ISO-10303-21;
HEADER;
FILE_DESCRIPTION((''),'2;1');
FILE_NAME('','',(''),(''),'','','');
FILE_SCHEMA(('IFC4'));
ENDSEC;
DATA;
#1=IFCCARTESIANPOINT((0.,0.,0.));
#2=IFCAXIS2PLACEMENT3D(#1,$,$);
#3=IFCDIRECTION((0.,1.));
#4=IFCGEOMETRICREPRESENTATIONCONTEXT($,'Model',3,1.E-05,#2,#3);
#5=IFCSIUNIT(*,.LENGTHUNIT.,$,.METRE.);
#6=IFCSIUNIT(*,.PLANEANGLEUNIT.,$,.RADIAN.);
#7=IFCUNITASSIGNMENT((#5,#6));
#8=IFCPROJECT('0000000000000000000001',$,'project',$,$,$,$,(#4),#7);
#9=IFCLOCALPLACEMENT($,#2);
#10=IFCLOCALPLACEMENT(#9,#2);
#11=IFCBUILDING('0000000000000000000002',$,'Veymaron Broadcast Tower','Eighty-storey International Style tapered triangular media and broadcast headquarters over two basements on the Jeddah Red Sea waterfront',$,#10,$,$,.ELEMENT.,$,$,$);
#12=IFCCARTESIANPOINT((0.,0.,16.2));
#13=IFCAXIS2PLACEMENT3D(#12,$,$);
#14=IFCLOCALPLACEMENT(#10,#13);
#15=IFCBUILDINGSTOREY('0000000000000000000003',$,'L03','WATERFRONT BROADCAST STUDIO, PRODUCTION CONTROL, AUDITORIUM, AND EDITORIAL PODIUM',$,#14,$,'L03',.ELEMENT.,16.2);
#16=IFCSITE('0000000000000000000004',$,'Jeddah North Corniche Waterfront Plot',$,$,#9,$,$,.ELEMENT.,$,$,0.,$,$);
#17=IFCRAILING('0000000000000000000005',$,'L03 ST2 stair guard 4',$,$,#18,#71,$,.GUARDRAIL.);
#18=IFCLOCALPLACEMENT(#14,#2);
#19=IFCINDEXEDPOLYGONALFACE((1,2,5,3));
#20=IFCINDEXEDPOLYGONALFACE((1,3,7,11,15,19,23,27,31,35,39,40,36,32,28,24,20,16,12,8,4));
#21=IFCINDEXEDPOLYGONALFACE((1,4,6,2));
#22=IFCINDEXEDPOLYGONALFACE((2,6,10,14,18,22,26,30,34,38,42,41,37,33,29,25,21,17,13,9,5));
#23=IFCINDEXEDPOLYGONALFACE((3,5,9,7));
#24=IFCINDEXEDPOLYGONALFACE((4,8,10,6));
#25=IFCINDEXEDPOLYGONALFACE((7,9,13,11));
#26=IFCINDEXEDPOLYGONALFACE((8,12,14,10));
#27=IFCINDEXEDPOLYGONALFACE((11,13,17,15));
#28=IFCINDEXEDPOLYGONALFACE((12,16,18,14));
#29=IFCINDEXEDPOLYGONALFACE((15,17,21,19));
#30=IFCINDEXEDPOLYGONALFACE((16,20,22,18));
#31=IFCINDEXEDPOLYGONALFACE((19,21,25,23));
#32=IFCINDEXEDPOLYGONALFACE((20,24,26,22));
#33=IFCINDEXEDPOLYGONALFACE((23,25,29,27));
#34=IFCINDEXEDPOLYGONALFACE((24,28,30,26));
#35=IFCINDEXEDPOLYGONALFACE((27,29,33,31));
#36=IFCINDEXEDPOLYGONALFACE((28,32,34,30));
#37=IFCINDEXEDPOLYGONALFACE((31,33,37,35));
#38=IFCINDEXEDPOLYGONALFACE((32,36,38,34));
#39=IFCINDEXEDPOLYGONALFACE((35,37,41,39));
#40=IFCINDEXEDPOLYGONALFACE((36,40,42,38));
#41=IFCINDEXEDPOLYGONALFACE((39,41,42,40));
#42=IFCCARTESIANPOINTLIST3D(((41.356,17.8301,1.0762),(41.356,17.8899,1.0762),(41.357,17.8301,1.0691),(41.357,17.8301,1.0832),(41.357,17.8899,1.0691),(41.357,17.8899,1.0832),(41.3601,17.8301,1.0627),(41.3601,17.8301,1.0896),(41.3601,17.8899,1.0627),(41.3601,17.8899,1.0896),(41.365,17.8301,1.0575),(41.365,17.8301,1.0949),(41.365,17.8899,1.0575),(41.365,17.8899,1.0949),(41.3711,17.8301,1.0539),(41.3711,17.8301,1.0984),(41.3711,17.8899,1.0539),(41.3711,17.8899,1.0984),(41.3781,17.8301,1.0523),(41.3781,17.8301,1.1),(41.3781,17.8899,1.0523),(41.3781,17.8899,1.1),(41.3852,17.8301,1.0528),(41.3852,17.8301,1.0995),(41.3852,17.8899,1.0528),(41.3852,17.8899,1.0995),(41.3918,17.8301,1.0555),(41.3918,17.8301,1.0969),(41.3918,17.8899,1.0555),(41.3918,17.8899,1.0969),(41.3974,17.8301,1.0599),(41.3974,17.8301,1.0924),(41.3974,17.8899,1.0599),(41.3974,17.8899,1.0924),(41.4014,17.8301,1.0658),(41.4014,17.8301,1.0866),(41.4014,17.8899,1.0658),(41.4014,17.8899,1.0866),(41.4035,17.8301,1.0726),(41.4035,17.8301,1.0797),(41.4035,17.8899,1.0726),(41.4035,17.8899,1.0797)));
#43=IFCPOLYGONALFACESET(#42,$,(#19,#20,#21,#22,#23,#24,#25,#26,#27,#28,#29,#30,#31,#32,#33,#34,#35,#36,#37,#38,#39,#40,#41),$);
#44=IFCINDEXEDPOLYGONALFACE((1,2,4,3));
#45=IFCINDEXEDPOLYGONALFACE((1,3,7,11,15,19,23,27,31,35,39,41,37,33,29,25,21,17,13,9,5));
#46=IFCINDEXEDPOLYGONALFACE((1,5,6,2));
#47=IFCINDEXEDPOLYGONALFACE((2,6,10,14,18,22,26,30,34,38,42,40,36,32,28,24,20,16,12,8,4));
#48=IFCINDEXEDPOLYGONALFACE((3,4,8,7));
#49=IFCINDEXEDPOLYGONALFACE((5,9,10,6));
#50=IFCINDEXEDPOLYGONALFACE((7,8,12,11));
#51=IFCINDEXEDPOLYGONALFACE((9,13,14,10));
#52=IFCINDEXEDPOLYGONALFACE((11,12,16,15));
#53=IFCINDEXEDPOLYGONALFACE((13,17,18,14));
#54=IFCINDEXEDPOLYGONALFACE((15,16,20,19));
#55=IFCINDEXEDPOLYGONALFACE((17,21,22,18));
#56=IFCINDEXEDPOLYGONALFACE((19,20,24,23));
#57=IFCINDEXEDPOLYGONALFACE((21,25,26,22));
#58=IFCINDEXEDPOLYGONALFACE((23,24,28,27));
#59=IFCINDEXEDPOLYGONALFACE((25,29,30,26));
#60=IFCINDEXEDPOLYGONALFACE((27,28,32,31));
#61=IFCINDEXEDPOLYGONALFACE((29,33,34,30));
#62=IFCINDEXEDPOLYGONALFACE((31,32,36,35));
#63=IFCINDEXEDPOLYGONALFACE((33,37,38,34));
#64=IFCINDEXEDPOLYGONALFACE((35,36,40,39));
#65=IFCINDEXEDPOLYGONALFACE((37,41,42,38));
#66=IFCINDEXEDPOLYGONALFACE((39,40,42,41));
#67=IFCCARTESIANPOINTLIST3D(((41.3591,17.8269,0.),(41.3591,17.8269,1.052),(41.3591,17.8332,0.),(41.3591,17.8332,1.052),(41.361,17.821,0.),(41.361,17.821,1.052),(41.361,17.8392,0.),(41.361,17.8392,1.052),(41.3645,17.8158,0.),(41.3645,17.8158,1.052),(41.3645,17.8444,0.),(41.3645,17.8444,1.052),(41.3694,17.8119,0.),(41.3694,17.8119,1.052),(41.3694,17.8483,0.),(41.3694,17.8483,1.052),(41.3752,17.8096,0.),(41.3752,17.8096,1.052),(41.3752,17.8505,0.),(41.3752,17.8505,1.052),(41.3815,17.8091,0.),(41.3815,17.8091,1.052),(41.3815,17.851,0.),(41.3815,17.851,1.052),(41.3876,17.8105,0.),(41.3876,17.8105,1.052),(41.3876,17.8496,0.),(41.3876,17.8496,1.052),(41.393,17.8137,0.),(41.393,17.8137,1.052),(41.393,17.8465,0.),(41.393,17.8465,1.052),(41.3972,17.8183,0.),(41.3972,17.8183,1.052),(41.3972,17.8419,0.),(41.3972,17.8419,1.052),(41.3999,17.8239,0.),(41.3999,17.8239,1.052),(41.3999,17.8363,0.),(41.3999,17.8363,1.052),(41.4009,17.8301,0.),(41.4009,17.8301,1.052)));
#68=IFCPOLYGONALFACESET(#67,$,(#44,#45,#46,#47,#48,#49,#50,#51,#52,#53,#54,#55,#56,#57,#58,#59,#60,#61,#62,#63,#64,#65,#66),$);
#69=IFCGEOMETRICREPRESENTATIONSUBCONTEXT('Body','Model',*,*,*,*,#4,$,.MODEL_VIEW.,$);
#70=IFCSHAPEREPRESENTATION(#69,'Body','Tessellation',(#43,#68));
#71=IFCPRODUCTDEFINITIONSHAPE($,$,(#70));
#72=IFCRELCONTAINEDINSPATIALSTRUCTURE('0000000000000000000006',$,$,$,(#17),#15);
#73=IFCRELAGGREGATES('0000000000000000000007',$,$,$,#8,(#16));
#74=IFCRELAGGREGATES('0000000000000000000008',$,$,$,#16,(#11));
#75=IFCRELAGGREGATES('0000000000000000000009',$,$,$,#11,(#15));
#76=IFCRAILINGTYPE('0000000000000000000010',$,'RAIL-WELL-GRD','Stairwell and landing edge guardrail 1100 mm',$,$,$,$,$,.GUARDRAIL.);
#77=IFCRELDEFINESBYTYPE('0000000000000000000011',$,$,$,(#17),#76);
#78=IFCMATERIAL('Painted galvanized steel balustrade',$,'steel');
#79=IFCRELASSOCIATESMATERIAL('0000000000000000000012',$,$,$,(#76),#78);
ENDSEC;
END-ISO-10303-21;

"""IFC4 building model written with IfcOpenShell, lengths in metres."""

from ifc_helpers import new_model, si_unit, direction, frame, origin, origin_2d, place, context, subcontext, project, spatial, circle, extrude, material, type_object, element, save


model = new_model("IFC4")

# Units and contexts
model_context = context("Model", 3, precision=1e-05, world=origin(), true_north=direction((0.0, 1.0)))
body_context = subcontext(model_context, "Body", "Model", "MODEL_VIEW")
ifc_project = project(units=[si_unit("LENGTHUNIT", "METRE"), si_unit("PLANEANGLEUNIT", "RADIAN")], contexts=[model_context])

# Site, building, storey
site_placement = place(None, origin())
site = spatial("IfcSite", under=ifc_project, at=site_placement, Name="Jeddah North Corniche Waterfront Plot", CompositionType="ELEMENT", RefElevation=0.0)
building_placement = place(site_placement, origin())
building = spatial("IfcBuilding", under=site, at=building_placement, Name="Veymaron Broadcast Tower", Description="Eighty-storey International Style tapered triangular media and broadcast headquarters over two basements on the Jeddah Red Sea waterfront", CompositionType="ELEMENT")
storey_placement = place(building_placement, frame((0.0, 0.0, 16.2)))
storey = spatial("IfcBuildingStorey", under=building, at=storey_placement, Name="L03", Description="WATERFRONT BROADCAST STUDIO, PRODUCTION CONTROL, AUDITORIUM, AND EDITORIAL PODIUM", LongName="L03", CompositionType="ELEMENT", Elevation=16.2)

# Railing
ifc_material_1 = material(Name="Painted galvanized steel balustrade", Category="steel")
railing_type_1 = type_object("IfcRailingType", Name="RAIL-WELL-GRD", Description="Stairwell and landing edge guardrail 1100 mm", PredefinedType="GUARDRAIL", material=ifc_material_1)
railing_1_placement = place(storey_placement, frame((41.3799, 17.8301, 0.0)))
element("IfcRailing", 1, at=railing_1_placement, inside=storey, type_object=railing_type_1, Name="L03 ST2 stair guard 4", PredefinedType="GUARDRAIL", context=body_context, shape_type="SweptSolid", body=[
    extrude(circle(Radius=0.0239, at=origin_2d()), frame((0.0, 0.0, 1.0762), z_axis=(0.0, 1.0, 0.0), x_axis=(-1.0, 0.0, 0.0)), (0.0, 0.0, 1.0), 0.0598),
    extrude(circle(Radius=0.021, at=origin_2d()), origin(), (0.0, 0.0, 1.0), 1.052),
])

save(model, "model.ifc")
